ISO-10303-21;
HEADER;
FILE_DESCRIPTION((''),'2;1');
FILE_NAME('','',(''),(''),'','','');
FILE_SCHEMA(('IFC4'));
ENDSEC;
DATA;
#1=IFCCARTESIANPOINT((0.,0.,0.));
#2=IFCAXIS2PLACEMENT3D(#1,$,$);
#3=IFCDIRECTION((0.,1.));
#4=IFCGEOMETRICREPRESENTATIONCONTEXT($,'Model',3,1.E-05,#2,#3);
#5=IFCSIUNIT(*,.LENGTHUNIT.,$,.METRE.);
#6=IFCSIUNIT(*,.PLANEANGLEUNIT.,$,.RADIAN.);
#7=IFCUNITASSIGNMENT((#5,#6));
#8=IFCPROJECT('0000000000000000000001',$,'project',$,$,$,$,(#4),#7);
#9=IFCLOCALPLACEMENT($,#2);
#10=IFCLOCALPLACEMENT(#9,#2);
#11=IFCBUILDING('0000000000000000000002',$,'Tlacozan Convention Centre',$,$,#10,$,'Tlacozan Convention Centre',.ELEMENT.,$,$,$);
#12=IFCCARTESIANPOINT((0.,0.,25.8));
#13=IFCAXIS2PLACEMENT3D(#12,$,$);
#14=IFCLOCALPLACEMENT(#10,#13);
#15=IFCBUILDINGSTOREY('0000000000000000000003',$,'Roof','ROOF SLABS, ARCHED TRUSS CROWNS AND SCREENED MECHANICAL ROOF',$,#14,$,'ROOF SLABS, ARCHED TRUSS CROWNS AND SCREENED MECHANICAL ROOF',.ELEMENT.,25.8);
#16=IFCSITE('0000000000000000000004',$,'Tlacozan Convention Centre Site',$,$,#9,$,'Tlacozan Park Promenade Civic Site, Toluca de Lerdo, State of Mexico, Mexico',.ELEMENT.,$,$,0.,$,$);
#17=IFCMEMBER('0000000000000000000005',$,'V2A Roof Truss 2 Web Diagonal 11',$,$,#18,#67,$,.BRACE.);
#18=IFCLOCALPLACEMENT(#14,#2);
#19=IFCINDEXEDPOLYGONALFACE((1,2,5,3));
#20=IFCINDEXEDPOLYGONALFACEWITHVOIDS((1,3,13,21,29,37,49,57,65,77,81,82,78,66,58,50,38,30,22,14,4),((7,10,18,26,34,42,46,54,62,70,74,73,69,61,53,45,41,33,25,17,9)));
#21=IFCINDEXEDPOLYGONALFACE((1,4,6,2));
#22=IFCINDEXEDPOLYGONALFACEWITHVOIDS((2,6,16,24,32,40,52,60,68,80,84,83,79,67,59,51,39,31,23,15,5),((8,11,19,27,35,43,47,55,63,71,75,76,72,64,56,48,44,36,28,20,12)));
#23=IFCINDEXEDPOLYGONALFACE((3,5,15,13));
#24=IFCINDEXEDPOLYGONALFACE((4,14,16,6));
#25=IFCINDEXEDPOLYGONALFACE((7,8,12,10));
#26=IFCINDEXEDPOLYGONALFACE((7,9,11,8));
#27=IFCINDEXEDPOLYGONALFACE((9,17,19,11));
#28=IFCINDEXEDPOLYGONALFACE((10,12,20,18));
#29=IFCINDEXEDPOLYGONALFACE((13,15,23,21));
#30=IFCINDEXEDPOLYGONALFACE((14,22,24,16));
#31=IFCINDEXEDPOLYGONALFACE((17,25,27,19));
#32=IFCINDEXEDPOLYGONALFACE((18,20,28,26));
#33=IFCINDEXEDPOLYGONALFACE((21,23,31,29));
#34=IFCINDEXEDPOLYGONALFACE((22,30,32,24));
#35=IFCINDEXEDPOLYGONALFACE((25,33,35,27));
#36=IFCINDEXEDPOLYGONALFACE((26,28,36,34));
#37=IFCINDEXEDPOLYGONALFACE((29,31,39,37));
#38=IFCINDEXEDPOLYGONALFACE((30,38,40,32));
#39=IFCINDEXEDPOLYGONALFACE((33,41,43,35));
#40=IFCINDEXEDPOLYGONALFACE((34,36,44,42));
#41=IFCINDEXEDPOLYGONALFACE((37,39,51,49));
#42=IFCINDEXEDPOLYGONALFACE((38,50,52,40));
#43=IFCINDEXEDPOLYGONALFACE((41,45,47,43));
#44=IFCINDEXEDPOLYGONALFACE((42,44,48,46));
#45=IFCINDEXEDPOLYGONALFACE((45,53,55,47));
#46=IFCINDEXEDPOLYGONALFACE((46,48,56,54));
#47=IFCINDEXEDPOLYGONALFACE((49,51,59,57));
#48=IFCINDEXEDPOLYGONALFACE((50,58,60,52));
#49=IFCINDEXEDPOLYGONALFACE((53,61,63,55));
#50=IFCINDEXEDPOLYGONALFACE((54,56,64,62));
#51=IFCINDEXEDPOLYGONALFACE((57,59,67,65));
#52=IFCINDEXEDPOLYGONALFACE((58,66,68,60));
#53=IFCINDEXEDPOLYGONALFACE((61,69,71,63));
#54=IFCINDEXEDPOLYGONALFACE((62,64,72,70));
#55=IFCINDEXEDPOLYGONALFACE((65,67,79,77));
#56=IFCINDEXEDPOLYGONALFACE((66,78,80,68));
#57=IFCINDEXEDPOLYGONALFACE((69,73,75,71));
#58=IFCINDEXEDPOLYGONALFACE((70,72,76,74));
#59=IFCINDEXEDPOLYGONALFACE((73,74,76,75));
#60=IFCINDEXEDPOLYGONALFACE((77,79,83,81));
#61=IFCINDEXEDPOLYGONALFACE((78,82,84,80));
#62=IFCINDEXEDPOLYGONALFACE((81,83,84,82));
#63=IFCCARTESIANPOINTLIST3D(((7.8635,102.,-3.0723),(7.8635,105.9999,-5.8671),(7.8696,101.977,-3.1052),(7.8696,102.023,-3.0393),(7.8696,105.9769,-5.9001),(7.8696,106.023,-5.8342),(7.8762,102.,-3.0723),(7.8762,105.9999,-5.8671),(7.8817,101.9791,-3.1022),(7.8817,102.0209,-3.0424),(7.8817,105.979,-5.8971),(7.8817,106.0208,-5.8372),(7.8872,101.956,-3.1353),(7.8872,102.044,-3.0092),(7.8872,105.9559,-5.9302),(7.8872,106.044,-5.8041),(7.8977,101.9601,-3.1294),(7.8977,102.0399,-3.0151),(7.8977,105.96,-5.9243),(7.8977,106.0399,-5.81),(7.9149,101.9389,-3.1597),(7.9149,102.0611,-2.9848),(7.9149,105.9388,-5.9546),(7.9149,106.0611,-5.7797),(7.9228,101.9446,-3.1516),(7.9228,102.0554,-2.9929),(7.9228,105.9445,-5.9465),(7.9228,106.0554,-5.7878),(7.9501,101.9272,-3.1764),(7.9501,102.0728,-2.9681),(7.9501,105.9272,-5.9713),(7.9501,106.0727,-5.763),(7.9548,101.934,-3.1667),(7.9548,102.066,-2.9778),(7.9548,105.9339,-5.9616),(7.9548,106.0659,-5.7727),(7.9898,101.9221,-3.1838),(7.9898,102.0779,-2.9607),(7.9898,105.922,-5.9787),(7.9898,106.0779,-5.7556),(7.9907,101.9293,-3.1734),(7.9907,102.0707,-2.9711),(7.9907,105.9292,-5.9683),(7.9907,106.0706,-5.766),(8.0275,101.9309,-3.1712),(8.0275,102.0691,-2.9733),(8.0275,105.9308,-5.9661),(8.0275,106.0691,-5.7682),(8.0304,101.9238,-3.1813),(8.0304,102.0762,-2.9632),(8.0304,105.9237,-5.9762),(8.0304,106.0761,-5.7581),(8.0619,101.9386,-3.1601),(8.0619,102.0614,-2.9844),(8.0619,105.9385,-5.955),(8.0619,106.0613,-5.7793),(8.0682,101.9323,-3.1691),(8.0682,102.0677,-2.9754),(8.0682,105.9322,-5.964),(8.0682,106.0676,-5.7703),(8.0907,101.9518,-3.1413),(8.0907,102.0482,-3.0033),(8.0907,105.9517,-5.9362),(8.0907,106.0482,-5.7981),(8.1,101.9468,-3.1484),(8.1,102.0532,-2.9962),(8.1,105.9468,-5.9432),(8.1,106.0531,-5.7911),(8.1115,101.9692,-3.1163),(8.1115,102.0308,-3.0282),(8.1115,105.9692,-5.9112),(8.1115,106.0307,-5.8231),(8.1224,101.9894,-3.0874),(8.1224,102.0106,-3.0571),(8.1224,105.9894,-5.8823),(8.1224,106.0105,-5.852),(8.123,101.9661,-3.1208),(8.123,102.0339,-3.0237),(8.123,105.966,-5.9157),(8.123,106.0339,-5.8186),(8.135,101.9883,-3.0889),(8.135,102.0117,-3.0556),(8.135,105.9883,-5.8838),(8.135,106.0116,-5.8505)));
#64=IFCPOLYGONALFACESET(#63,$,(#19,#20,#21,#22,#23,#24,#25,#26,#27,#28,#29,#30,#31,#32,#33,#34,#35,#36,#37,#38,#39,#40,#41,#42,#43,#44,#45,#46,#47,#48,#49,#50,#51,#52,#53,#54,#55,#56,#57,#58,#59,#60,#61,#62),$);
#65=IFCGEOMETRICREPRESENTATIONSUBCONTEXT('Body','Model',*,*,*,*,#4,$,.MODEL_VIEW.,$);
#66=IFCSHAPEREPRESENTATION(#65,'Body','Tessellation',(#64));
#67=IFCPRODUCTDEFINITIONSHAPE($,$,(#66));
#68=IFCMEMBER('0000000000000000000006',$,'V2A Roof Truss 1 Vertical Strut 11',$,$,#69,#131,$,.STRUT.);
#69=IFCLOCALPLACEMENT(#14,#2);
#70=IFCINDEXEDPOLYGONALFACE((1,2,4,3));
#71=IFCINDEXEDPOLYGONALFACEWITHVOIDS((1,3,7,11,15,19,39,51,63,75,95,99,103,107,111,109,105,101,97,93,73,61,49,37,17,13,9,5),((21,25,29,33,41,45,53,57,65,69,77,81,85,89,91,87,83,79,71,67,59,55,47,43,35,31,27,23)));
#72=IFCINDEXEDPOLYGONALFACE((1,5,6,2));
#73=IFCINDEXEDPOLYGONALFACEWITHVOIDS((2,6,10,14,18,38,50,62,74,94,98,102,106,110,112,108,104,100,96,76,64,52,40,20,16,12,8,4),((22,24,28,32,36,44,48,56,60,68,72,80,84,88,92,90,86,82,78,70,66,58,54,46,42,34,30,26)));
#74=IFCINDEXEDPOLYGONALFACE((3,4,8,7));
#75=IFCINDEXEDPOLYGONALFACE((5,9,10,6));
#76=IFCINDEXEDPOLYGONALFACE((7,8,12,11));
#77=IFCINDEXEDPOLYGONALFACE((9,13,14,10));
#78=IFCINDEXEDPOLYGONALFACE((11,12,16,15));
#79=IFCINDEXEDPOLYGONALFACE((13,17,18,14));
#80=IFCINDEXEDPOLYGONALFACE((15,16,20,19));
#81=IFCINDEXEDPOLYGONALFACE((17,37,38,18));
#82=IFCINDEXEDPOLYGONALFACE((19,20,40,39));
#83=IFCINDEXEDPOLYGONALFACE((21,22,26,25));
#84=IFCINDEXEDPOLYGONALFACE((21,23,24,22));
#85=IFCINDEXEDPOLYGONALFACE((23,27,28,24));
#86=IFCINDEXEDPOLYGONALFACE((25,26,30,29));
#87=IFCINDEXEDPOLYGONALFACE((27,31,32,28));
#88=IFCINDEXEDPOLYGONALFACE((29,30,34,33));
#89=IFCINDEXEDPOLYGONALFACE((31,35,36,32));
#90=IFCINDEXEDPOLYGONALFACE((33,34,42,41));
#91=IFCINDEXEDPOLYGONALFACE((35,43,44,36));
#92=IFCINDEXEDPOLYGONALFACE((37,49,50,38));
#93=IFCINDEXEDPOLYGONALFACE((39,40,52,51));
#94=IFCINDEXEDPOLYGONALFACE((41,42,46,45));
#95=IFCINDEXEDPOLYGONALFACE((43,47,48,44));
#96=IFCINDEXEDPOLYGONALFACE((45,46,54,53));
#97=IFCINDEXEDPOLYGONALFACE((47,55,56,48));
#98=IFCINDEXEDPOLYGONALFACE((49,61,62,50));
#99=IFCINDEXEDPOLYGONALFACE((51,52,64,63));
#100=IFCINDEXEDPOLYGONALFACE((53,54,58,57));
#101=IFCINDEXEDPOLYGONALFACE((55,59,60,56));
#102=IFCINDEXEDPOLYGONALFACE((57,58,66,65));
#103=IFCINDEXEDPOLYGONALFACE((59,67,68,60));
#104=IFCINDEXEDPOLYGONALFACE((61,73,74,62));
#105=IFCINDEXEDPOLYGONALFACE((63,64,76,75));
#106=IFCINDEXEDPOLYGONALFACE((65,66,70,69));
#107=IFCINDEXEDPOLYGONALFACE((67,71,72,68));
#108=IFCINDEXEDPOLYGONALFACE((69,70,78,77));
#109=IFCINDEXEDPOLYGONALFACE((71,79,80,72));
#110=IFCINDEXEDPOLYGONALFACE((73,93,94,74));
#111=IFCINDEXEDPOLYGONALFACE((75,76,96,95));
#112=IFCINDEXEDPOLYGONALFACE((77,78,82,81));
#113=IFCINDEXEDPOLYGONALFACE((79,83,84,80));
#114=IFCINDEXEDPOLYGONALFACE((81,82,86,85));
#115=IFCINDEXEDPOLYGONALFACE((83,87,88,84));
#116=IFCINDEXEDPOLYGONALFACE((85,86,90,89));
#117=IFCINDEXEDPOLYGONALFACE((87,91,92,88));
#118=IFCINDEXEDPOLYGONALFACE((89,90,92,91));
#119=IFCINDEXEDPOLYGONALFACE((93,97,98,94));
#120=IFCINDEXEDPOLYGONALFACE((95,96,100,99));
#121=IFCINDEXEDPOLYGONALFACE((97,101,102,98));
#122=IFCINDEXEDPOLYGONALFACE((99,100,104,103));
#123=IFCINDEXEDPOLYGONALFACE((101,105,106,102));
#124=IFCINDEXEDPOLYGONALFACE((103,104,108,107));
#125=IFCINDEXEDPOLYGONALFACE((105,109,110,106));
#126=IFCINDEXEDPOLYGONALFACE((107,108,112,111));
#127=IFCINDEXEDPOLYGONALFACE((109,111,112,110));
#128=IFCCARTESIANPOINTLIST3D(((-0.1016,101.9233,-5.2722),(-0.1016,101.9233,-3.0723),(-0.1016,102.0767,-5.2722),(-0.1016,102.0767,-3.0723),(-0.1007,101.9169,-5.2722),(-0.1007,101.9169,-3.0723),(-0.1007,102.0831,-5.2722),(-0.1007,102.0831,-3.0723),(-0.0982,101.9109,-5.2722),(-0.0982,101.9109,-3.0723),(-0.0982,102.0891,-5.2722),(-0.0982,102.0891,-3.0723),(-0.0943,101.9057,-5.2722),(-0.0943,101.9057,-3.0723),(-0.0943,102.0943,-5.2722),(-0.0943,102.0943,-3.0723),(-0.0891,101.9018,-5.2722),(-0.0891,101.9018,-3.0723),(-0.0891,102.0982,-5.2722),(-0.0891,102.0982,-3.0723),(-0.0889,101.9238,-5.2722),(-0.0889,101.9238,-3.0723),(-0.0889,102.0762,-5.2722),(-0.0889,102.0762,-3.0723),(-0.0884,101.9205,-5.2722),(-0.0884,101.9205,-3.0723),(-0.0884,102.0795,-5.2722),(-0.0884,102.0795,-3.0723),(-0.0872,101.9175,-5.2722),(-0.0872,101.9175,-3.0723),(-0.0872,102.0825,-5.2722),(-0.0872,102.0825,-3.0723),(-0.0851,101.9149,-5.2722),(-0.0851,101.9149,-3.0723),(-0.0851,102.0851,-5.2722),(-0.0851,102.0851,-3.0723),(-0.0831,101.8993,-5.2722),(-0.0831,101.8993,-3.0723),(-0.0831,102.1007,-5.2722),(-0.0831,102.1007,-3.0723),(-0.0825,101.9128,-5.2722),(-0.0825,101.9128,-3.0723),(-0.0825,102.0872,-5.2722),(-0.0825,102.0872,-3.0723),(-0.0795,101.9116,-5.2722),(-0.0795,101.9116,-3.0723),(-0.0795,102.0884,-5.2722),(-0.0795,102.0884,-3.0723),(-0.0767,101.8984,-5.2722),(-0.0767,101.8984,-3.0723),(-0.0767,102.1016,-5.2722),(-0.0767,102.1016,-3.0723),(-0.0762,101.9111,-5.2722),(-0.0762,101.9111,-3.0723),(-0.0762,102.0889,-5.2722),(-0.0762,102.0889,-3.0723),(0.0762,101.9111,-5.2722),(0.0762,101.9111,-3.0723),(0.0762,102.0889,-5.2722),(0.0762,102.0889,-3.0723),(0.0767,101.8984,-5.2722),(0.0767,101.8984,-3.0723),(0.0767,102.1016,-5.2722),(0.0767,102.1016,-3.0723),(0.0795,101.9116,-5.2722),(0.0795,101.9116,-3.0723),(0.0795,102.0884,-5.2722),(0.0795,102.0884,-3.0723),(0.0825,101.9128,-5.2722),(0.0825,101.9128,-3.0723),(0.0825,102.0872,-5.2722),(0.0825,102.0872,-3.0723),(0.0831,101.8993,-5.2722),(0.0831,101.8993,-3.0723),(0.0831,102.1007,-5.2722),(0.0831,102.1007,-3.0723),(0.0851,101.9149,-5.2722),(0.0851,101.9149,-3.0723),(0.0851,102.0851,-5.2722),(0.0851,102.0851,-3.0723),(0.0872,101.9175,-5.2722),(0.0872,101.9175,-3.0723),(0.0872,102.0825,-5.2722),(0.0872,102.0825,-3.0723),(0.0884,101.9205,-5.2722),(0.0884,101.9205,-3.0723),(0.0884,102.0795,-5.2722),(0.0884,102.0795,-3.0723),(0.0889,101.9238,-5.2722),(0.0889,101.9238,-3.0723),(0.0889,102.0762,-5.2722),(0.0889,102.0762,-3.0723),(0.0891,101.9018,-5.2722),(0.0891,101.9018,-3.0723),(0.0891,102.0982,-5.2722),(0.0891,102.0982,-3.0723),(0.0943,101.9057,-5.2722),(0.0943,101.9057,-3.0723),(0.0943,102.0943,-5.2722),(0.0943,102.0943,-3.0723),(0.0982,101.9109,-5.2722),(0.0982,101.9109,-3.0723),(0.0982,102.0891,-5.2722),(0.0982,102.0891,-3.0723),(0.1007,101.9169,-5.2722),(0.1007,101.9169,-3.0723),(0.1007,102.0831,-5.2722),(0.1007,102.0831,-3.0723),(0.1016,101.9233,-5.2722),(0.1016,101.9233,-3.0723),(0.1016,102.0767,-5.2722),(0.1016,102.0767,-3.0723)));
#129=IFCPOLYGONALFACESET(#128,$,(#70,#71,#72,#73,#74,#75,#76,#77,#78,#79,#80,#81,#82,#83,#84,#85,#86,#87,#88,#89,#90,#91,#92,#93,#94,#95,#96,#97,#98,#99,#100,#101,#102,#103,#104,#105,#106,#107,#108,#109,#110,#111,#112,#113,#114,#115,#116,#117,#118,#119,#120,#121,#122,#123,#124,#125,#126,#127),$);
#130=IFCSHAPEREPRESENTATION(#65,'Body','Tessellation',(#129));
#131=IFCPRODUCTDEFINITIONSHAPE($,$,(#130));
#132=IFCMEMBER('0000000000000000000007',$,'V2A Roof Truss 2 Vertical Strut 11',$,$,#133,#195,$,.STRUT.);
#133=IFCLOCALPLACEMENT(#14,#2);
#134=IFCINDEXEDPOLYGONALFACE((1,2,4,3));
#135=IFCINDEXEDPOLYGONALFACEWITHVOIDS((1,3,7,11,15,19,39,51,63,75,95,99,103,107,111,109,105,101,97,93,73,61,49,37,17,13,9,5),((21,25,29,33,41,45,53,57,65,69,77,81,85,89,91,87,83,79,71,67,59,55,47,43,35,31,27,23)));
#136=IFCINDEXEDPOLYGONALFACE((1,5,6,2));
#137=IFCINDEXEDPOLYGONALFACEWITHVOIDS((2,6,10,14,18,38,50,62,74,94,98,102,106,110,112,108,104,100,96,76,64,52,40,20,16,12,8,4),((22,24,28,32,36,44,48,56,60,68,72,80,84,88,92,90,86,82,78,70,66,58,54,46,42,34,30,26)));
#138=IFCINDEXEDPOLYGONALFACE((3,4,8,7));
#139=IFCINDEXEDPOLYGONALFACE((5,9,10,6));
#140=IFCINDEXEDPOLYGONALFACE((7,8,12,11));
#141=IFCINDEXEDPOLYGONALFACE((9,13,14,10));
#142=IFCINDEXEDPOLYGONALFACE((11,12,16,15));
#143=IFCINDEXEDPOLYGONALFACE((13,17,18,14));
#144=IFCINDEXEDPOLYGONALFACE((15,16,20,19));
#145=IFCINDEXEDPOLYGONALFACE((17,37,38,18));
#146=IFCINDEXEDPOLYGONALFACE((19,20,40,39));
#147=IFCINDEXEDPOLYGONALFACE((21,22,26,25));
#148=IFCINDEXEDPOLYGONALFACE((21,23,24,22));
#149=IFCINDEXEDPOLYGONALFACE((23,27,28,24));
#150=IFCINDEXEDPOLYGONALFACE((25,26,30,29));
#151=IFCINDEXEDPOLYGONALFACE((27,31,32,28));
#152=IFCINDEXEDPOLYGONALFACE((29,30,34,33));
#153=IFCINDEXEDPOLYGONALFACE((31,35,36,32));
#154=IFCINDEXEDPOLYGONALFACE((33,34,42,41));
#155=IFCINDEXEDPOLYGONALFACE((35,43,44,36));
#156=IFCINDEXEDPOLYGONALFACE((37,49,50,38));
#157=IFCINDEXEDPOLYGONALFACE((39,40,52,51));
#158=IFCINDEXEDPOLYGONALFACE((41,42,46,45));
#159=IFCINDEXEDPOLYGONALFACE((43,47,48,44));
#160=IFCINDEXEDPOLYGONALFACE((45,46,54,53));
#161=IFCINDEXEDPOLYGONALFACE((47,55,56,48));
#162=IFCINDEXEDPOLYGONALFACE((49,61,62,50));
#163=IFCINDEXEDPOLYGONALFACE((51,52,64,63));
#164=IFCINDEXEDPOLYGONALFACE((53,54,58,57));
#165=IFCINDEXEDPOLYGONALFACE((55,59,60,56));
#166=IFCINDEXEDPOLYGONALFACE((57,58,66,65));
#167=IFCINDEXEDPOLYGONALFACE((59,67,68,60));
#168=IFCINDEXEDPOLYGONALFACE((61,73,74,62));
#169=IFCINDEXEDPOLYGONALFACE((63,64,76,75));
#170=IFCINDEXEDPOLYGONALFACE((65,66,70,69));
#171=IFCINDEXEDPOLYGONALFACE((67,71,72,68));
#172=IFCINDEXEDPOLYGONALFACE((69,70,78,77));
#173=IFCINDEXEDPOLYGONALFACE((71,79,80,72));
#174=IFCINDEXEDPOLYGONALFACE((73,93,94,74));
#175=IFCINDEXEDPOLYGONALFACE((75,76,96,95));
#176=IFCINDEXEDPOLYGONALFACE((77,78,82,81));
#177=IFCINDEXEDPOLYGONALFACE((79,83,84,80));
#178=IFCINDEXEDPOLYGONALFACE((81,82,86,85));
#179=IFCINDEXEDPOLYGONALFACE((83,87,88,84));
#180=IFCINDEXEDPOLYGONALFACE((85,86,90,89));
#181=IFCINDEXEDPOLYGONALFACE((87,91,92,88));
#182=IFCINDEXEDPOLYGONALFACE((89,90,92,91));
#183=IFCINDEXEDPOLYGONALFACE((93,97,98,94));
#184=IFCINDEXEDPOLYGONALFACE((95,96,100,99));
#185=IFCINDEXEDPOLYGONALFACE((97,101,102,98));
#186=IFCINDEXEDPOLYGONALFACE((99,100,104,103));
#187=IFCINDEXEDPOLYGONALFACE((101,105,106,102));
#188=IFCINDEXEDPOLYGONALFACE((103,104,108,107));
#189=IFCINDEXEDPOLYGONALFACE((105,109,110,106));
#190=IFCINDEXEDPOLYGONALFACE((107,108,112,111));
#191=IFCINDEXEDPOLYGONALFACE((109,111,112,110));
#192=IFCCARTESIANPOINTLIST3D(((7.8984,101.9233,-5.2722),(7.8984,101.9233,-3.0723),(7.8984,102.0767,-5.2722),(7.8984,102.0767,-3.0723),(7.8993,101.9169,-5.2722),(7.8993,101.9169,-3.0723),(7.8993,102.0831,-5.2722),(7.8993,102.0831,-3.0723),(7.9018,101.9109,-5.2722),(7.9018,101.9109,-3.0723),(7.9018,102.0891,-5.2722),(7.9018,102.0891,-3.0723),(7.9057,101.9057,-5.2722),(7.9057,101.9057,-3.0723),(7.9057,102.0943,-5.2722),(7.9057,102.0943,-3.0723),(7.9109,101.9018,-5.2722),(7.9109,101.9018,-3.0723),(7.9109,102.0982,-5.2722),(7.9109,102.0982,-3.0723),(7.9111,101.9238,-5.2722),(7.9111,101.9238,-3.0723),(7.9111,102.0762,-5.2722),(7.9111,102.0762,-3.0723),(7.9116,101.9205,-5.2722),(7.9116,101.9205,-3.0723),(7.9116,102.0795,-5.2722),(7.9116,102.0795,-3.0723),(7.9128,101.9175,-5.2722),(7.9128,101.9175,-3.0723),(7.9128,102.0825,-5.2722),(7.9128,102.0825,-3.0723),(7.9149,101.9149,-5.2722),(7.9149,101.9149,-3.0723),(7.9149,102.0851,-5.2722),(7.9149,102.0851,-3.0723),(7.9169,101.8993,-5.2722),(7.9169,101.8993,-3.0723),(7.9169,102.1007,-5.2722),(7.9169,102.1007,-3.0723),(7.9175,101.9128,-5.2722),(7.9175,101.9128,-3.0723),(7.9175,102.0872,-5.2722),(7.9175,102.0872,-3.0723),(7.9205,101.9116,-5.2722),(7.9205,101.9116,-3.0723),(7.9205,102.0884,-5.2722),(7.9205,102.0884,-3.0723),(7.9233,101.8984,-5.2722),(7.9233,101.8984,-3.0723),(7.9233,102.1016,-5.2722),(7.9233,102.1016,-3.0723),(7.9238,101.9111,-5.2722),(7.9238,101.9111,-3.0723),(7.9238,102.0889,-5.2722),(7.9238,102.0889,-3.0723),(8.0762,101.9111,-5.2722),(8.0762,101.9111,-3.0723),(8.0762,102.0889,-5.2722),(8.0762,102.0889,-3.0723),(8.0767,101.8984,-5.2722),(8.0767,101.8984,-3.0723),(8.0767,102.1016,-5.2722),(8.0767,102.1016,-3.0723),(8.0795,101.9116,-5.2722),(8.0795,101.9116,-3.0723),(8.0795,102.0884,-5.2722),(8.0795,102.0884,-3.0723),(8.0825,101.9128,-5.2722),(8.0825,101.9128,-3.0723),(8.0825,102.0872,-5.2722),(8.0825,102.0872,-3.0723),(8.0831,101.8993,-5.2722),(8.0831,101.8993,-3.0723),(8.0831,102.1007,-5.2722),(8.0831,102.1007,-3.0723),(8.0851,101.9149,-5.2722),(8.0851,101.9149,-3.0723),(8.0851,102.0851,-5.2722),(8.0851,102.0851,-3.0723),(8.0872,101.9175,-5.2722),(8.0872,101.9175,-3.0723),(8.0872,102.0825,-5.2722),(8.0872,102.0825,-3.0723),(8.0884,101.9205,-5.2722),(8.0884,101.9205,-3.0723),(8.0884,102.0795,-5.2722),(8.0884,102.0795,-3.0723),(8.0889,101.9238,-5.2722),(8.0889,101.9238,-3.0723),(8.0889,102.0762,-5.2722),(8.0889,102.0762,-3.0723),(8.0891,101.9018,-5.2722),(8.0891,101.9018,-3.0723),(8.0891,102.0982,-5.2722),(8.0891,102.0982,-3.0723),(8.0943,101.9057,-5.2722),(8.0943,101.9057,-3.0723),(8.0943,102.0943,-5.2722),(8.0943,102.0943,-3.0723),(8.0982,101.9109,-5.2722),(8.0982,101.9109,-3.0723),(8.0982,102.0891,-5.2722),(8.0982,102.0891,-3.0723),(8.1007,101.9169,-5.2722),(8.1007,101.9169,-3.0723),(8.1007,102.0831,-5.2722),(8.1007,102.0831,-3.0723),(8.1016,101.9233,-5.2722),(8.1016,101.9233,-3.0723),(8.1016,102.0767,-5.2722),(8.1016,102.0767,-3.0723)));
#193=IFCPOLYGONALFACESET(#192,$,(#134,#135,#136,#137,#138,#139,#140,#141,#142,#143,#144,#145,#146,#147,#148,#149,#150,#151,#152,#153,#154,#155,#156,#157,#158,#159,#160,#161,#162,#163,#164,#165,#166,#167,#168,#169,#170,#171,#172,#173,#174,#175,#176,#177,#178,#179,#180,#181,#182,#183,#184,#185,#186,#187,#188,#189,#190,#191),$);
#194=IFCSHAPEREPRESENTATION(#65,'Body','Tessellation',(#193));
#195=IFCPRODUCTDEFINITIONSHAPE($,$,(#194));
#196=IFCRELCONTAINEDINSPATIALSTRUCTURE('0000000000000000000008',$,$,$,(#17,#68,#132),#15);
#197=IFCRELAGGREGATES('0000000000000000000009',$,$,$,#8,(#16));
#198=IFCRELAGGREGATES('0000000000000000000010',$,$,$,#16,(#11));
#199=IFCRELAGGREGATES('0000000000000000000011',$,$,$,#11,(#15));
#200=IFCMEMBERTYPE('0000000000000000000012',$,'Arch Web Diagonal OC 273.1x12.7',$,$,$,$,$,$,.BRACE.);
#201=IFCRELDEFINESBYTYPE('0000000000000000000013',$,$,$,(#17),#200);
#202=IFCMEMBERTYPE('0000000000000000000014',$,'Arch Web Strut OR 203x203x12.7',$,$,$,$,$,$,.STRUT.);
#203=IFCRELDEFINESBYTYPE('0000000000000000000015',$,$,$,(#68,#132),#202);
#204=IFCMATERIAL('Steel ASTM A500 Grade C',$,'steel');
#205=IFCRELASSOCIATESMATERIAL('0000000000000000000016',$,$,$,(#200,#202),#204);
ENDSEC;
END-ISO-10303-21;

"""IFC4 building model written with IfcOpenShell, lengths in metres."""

from ifc_helpers import new_model, si_unit, direction, frame, origin, origin_2d, place, context, subcontext, project, spatial, hollow_rectangle, hollow_circle, extrude, material, material_profile, profile_set, type_object, element, save


model = new_model("IFC4")

# Units and contexts
model_context = context("Model", 3, precision=1e-05, world=origin(), true_north=direction((0.0, 1.0)))
body_context = subcontext(model_context, "Body", "Model", "MODEL_VIEW")
ifc_project = project(units=[si_unit("LENGTHUNIT", "METRE"), si_unit("PLANEANGLEUNIT", "RADIAN")], contexts=[model_context])

# Site, building, storey
site_placement = place(None, origin())
site = spatial("IfcSite", under=ifc_project, at=site_placement, Name="Tlacozan Convention Centre Site", LongName="Tlacozan Park Promenade Civic Site, Toluca de Lerdo, State of Mexico, Mexico", CompositionType="ELEMENT", RefElevation=0.0)
building_placement = place(site_placement, origin())
building = spatial("IfcBuilding", under=site, at=building_placement, Name="Tlacozan Convention Centre", LongName="Tlacozan Convention Centre", CompositionType="ELEMENT")
storey_placement = place(building_placement, frame((0.0, 0.0, 25.8)))
storey = spatial("IfcBuildingStorey", under=building, at=storey_placement, Name="Roof", Description="ROOF SLABS, ARCHED TRUSS CROWNS AND SCREENED MECHANICAL ROOF", LongName="ROOF SLABS, ARCHED TRUSS CROWNS AND SCREENED MECHANICAL ROOF", CompositionType="ELEMENT", Elevation=25.8)

# Members
ifc_material_1 = material(Name="Steel ASTM A500 Grade C", Category="steel")
ifc_material_profile_1 = material_profile(ifc_material_1, hollow_circle(Radius=0.1365, WallThickness=0.0127, at=origin_2d()), Name="OC 273.1x12.7")
ifc_profile_set_1 = profile_set([ifc_material_profile_1], Name="Steel ASTM A500 Grade C")
member_type_1 = type_object("IfcMemberType", Name="Arch Web Diagonal OC 273.1x12.7", PredefinedType="BRACE", material=ifc_profile_set_1)
member_1_placement = place(storey_placement, frame((8.0, 102.0, -3.0723), z_axis=(0.0, 0.819721, -0.572764), x_axis=(-1.0, 0.0, 0.0)))
element("IfcMember", 1, at=member_1_placement, inside=storey, type_object=member_type_1, Name="V2A Roof Truss 2 Web Diagonal 11", PredefinedType="BRACE", context=body_context, shape_type="SweptSolid", body=[
    extrude(hollow_circle(Radius=0.1365, WallThickness=0.0127, at=origin_2d()), origin(), (0.0, 0.0, 1.0), 4.8796),
])
ifc_material_profile_2 = material_profile(ifc_material_1, hollow_rectangle(XDim=0.2031, YDim=0.2031, WallThickness=0.0127, InnerFilletRadius=0.0127, OuterFilletRadius=0.0249, at=origin_2d()), Name="OR 203x203x12.7")
ifc_profile_set_2 = profile_set([ifc_material_profile_2], Name="Steel ASTM A500 Grade C")
member_type_2 = type_object("IfcMemberType", Name="Arch Web Strut OR 203x203x12.7", PredefinedType="STRUT", material=ifc_profile_set_2)
for number, where, z_axis, x_axis, name in (
    (2, (0.0, 102.0, -5.2722), (0.0, 0.0, 1.0), (1.0, 0.0, 0.0), "V2A Roof Truss 1 Vertical Strut 11"),
    (3, (8.0, 102.0, -5.2722), (0.0, 0.0, 1.0), (1.0, 0.0, 0.0), "V2A Roof Truss 2 Vertical Strut 11"),
):
    element("IfcMember", number, at=place(storey_placement, frame(where, z_axis=z_axis, x_axis=x_axis)), inside=storey, type_object=member_type_2, Name=name, PredefinedType="STRUT", context=body_context, shape_type="SweptSolid", body=[
        extrude(hollow_rectangle(XDim=0.2031, YDim=0.2031, WallThickness=0.0127, InnerFilletRadius=0.0127, OuterFilletRadius=0.0249, at=origin_2d()), origin(), (0.0, 0.0, 1.0), 2.2),
    ])

save(model, "model.ifc")
